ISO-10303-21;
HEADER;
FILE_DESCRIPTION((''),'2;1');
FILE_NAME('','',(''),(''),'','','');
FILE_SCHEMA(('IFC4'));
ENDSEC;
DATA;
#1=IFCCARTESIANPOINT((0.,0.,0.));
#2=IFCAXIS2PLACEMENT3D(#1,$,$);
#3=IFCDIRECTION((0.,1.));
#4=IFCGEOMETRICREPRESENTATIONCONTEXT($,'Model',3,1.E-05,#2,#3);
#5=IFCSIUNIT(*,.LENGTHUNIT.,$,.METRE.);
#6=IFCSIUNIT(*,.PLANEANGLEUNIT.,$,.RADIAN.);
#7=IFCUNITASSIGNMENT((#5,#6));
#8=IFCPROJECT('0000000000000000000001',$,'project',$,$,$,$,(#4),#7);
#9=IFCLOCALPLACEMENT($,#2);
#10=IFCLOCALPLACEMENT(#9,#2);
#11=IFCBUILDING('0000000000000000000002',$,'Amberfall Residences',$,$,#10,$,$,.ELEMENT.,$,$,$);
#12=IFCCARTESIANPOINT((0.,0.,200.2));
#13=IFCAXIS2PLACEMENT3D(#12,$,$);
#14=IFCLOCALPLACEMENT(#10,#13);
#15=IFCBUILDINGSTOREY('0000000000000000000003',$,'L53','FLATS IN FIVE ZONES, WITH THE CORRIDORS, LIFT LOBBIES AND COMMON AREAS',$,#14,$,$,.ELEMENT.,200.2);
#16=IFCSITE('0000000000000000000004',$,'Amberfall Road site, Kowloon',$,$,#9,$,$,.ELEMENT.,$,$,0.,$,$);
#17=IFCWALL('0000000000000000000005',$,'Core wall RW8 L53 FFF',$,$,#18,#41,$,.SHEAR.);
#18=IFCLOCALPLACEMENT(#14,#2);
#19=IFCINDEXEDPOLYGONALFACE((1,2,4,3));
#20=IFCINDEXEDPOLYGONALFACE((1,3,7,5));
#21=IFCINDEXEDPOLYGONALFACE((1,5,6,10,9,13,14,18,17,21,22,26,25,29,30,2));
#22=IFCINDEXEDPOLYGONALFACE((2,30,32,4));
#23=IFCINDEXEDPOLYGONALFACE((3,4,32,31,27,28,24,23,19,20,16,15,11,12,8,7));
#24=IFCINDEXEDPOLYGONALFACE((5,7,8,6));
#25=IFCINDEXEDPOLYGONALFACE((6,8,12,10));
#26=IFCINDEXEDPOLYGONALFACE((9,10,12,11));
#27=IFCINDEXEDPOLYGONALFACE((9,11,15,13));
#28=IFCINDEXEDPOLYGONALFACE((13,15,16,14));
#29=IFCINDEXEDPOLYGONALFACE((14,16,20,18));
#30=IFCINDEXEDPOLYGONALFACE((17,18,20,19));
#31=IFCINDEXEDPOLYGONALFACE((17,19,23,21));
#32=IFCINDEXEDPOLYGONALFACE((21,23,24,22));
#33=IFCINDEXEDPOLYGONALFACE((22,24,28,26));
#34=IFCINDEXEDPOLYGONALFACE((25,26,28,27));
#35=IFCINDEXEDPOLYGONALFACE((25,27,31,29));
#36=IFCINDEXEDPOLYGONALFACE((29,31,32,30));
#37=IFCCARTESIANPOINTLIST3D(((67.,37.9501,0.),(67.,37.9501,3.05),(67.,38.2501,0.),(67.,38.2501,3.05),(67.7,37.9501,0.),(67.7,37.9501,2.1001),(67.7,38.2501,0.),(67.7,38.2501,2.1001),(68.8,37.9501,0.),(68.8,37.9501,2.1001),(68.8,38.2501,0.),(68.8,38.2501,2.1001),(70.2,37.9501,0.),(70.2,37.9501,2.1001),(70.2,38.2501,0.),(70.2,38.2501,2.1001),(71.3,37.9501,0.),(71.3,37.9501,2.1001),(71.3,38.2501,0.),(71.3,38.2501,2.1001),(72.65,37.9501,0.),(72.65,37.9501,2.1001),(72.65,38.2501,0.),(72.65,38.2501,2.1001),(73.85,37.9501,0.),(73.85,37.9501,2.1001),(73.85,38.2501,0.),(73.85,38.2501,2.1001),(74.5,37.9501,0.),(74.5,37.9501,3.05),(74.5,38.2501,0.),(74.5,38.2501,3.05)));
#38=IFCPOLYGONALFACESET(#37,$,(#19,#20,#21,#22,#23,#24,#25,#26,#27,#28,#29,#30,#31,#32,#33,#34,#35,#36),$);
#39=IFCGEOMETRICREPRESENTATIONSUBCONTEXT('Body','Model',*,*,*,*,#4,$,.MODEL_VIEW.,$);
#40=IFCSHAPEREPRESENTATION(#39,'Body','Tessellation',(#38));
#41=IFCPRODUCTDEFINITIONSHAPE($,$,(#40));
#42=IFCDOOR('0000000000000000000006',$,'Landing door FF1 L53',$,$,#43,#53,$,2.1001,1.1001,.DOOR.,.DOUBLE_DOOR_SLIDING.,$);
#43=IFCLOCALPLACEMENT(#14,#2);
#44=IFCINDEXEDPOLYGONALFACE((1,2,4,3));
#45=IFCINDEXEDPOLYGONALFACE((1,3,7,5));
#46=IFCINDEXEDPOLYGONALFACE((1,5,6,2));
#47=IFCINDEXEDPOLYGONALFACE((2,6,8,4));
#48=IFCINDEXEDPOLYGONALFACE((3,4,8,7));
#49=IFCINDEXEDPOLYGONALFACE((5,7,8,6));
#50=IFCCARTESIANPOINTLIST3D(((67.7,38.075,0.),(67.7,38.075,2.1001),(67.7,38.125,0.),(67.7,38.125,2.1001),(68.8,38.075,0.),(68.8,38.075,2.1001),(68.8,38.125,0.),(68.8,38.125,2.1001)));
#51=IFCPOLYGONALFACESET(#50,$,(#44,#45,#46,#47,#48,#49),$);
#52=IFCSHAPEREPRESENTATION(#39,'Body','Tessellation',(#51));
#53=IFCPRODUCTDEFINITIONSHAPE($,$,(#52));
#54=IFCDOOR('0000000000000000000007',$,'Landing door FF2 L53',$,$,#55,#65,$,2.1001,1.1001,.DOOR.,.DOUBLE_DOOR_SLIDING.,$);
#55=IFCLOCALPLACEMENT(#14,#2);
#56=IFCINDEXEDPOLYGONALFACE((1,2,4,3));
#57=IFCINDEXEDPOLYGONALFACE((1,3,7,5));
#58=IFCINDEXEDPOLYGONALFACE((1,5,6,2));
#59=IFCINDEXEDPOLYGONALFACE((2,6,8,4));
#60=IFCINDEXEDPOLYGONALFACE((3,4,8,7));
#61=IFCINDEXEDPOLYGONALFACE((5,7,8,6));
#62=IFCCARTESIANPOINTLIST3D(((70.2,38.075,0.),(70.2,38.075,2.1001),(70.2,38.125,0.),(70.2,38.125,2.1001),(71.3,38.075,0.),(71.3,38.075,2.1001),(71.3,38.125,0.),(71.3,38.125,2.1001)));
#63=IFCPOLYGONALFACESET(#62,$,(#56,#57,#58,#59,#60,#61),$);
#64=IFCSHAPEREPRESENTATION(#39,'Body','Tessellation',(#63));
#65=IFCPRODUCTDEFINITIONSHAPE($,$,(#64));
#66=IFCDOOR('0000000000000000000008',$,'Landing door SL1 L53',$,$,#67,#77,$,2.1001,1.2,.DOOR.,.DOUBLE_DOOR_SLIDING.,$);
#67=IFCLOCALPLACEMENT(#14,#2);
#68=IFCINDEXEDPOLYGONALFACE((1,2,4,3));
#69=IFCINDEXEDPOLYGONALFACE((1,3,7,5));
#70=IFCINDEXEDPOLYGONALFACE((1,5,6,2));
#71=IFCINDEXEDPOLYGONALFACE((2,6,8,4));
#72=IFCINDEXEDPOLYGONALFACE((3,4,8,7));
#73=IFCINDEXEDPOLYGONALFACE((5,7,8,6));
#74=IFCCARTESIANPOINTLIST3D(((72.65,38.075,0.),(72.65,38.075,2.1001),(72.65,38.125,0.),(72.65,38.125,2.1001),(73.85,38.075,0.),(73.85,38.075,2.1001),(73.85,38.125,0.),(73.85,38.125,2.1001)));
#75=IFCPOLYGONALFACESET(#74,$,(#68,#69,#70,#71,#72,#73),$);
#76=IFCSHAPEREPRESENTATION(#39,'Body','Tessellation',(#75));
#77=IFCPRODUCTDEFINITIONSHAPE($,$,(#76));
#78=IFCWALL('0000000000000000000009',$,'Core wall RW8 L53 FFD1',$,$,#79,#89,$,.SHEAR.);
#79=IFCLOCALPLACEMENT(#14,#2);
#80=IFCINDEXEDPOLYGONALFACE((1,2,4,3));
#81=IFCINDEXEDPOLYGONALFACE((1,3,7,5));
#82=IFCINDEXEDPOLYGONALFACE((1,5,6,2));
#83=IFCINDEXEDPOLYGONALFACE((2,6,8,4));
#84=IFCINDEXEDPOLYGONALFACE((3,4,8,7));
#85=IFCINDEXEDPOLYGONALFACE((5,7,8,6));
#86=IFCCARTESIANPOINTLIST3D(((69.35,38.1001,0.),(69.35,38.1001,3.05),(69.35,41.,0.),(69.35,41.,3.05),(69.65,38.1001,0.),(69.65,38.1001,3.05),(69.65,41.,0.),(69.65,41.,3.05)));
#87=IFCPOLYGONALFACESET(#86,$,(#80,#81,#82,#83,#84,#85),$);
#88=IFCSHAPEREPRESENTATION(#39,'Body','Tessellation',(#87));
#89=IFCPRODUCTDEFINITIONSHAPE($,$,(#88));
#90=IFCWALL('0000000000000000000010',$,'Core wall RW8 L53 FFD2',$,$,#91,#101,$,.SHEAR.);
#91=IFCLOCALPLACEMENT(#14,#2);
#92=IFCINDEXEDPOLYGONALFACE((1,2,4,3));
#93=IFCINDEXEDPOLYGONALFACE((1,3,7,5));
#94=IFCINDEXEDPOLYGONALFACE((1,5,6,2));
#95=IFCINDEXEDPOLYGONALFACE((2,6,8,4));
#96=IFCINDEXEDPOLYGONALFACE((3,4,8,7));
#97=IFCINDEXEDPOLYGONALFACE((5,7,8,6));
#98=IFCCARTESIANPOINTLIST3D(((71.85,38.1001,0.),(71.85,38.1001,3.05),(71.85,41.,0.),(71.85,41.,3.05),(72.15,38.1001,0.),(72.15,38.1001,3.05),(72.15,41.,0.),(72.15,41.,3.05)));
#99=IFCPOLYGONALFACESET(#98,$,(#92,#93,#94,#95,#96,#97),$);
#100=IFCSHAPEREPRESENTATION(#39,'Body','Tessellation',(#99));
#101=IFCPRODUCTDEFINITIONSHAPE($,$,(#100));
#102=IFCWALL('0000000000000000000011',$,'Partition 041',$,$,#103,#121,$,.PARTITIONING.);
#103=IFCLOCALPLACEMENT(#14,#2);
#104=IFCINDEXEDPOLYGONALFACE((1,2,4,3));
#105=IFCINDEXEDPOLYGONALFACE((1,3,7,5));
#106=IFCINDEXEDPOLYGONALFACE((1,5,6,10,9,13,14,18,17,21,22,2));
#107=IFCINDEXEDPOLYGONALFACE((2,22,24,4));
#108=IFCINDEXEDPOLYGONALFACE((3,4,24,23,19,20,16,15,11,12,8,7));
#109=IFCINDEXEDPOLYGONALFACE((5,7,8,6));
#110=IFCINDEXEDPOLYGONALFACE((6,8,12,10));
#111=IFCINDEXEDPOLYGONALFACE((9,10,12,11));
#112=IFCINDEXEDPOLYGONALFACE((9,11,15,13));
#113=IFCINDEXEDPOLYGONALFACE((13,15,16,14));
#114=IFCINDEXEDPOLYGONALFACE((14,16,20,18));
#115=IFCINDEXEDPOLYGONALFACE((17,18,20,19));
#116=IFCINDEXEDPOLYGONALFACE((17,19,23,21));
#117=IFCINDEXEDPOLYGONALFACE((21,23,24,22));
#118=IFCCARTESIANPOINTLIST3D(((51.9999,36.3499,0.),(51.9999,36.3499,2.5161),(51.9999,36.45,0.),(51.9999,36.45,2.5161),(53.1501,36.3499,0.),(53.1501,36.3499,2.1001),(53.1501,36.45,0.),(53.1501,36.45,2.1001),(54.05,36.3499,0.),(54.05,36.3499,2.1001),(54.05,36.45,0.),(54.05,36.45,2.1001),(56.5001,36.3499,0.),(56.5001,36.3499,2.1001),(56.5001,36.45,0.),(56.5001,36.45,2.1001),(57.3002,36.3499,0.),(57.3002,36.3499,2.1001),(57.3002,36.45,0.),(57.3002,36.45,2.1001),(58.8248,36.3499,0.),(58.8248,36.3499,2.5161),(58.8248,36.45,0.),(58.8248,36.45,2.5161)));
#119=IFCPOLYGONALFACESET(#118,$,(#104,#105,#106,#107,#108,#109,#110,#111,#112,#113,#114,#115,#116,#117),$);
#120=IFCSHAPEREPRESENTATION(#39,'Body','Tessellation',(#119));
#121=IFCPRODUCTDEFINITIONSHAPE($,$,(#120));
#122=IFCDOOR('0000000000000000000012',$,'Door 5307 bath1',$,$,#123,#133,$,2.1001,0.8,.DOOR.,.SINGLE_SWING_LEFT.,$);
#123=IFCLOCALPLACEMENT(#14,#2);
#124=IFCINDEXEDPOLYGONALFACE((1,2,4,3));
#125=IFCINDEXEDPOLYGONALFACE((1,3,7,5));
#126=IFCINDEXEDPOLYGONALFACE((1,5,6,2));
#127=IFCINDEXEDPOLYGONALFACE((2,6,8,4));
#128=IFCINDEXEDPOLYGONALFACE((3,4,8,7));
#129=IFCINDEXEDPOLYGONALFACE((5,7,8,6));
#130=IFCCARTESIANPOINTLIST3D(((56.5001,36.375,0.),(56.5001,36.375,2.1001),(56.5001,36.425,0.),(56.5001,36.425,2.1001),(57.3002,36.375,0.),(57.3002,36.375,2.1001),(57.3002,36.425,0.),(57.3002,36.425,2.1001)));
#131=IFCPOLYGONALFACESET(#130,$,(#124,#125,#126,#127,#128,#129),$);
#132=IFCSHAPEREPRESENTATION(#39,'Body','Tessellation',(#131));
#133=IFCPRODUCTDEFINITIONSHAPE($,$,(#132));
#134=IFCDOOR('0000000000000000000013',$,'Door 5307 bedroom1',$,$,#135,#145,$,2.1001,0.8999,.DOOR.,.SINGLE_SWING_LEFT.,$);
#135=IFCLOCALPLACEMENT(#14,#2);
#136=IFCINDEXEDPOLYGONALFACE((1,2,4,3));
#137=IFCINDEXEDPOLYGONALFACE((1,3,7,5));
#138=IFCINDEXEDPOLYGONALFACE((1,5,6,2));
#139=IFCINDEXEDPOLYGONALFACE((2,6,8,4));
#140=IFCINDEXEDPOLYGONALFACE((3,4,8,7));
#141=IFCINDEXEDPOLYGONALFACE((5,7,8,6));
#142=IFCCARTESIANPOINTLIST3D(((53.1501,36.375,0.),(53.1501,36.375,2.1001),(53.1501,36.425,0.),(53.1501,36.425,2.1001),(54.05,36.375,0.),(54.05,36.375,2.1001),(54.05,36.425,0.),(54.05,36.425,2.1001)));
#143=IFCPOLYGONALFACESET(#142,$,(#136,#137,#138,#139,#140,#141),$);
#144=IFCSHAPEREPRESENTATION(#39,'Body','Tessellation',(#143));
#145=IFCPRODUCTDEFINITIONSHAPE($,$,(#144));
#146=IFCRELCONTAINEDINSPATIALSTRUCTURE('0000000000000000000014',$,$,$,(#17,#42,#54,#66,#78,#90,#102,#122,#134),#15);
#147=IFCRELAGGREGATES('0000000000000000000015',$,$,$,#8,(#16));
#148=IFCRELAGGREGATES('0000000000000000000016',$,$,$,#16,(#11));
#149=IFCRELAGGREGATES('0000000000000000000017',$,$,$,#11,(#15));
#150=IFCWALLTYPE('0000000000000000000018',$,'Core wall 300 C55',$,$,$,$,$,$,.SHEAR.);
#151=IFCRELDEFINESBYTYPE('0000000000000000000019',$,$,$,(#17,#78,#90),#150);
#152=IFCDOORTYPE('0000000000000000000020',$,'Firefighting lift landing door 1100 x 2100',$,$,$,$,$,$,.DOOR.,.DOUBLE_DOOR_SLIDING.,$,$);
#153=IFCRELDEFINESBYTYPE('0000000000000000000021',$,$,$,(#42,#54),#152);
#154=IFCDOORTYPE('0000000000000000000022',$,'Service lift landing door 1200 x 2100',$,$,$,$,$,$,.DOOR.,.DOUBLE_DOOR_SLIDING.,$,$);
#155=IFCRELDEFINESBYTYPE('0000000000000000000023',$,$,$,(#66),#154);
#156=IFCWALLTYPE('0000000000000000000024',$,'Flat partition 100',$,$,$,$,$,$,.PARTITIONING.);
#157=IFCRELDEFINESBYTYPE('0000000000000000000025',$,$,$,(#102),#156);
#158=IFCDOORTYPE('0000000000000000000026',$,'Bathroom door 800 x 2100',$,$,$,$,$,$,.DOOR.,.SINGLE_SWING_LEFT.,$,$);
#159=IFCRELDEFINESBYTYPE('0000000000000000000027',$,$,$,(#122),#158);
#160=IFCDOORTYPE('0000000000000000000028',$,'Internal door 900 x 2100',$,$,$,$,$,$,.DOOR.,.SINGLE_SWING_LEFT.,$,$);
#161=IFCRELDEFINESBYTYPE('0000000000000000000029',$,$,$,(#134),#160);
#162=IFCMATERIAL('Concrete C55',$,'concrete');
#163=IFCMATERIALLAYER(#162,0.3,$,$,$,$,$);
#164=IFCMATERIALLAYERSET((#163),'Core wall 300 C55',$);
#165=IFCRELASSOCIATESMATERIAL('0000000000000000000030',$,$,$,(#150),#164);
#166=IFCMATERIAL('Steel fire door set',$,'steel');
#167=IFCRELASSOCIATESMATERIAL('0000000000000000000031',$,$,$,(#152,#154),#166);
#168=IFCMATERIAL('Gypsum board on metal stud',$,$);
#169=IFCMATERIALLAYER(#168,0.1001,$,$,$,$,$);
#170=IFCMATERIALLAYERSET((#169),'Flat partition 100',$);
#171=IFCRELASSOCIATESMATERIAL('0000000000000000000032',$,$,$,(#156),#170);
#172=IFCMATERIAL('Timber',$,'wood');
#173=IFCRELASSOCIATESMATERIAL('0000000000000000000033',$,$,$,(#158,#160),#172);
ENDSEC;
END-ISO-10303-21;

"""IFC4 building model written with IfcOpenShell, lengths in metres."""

from ifc_helpers import new_model, si_unit, direction, frame, frame_2d, origin, place, context, subcontext, project, spatial, rectangle, extrude, material, layer, layer_set, type_object, element, fill, save


model = new_model("IFC4")

# Units and contexts
model_context = context("Model", 3, precision=1e-05, world=origin(), true_north=direction((0.0, 1.0)))
body_context = subcontext(model_context, "Body", "Model", "MODEL_VIEW")
ifc_project = project(units=[si_unit("LENGTHUNIT", "METRE"), si_unit("PLANEANGLEUNIT", "RADIAN")], contexts=[model_context])

# Site, building, storey
site_placement = place(None, origin())
site = spatial("IfcSite", under=ifc_project, at=site_placement, Name="Amberfall Road site, Kowloon", CompositionType="ELEMENT", RefElevation=0.0)
building_placement = place(site_placement, origin())
building = spatial("IfcBuilding", under=site, at=building_placement, Name="Amberfall Residences", CompositionType="ELEMENT")
storey_placement = place(building_placement, frame((0.0, 0.0, 200.2)))
storey = spatial("IfcBuildingStorey", under=building, at=storey_placement, Name="L53", Description="FLATS IN FIVE ZONES, WITH THE CORRIDORS, LIFT LOBBIES AND COMMON AREAS", CompositionType="ELEMENT", Elevation=200.2)

# Shared definitions
ifc_material_1 = material(Name="Concrete C55", Category="concrete")
ifc_layer_1 = layer(ifc_material_1, 0.3)
ifc_layer_set_1 = layer_set([ifc_layer_1], Name="Core wall 300 C55")
wall_type_1 = type_object("IfcWallType", Name="Core wall 300 C55", PredefinedType="SHEAR", material=ifc_layer_set_1)

# Shared definitions
ifc_material_2 = material(Name="Steel fire door set", Category="steel")

# Wall, openings, doors
wall_1_placement = place(storey_placement, frame((67.0, 38.1001, 0.0), z_axis=(0.0, 0.0, 1.0), x_axis=(1.0, 0.0, 0.0)))
wall_1 = element("IfcWall", 1, at=wall_1_placement, inside=storey, type_object=wall_type_1, Name="Core wall RW8 L53 FFF", PredefinedType="SHEAR", context=body_context, shape_type="SweptSolid", body=[
    extrude(rectangle(XDim=7.5, YDim=0.3, at=frame_2d((3.75, 0.0))), origin(), (0.0, 0.0, 1.0), 3.05),
])
opening_1_placement = place(wall_1_placement, frame((0.7, 0.0, 0.0)))
opening_1 = element("IfcOpeningElement", 2, at=opening_1_placement, cuts=wall_1, PredefinedType="OPENING", context=body_context, shape_type="SweptSolid", body=[
    extrude(rectangle(XDim=1.1001, YDim=2.1001, at=frame_2d((0.55, 1.05))), frame((0.0, 0.1599, 0.0), z_axis=(0.0, -1.0, 0.0), x_axis=(1.0, 0.0, 0.0)), (0.0, 0.0, 1.0), 0.3201),
])
opening_2_placement = place(wall_1_placement, frame((3.2, 0.0, 0.0)))
opening_2 = element("IfcOpeningElement", 3, at=opening_2_placement, cuts=wall_1, PredefinedType="OPENING", context=body_context, shape_type="SweptSolid", body=[
    extrude(rectangle(XDim=1.1001, YDim=2.1001, at=frame_2d((0.55, 1.05))), frame((0.0, 0.1599, 0.0), z_axis=(0.0, -1.0, 0.0), x_axis=(1.0, 0.0, 0.0)), (0.0, 0.0, 1.0), 0.3201),
])
opening_3_placement = place(wall_1_placement, frame((5.6499, 0.0, 0.0)))
opening_3 = element("IfcOpeningElement", 4, at=opening_3_placement, cuts=wall_1, PredefinedType="OPENING", context=body_context, shape_type="SweptSolid", body=[
    extrude(rectangle(XDim=1.2, YDim=2.1001, at=frame_2d((0.6001, 1.05))), frame((0.0, 0.1599, 0.0), z_axis=(0.0, -1.0, 0.0), x_axis=(1.0, 0.0, 0.0)), (0.0, 0.0, 1.0), 0.3201),
])
door_type_1 = type_object("IfcDoorType", Name="Firefighting lift landing door 1100 x 2100", OperationType="DOUBLE_DOOR_SLIDING", PredefinedType="DOOR", material=ifc_material_2)
door_1_placement = place(opening_1_placement, origin())
door_1 = element("IfcDoor", 5, at=door_1_placement, inside=storey, type_object=door_type_1, Name="Landing door FF1 L53", OperationType="DOUBLE_DOOR_SLIDING", OverallHeight=2.1001, OverallWidth=1.1001, PredefinedType="DOOR", context=body_context, shape_type="SweptSolid", body=[
    extrude(rectangle(XDim=1.1001, YDim=2.1001, at=frame_2d((0.55, 1.05))), frame((0.0, 0.0249, 0.0), z_axis=(0.0, -1.0, 0.0), x_axis=(1.0, 0.0, 0.0)), (0.0, 0.0, 1.0), 0.05),
])
fill(opening_1, door_1)
door_2_placement = place(opening_2_placement, origin())
door_2 = element("IfcDoor", 6, at=door_2_placement, inside=storey, type_object=door_type_1, Name="Landing door FF2 L53", OperationType="DOUBLE_DOOR_SLIDING", OverallHeight=2.1001, OverallWidth=1.1001, PredefinedType="DOOR", context=body_context, shape_type="SweptSolid", body=[
    extrude(rectangle(XDim=1.1001, YDim=2.1001, at=frame_2d((0.55, 1.05))), frame((0.0, 0.0249, 0.0), z_axis=(0.0, -1.0, 0.0), x_axis=(1.0, 0.0, 0.0)), (0.0, 0.0, 1.0), 0.05),
])
fill(opening_2, door_2)
door_type_2 = type_object("IfcDoorType", Name="Service lift landing door 1200 x 2100", OperationType="DOUBLE_DOOR_SLIDING", PredefinedType="DOOR", material=ifc_material_2)
door_3_placement = place(opening_3_placement, origin())
door_3 = element("IfcDoor", 7, at=door_3_placement, inside=storey, type_object=door_type_2, Name="Landing door SL1 L53", OperationType="DOUBLE_DOOR_SLIDING", OverallHeight=2.1001, OverallWidth=1.2, PredefinedType="DOOR", context=body_context, shape_type="SweptSolid", body=[
    extrude(rectangle(XDim=1.2, YDim=2.1001, at=frame_2d((0.6001, 1.05))), frame((0.0, 0.0249, 0.0), z_axis=(0.0, -1.0, 0.0), x_axis=(1.0, 0.0, 0.0)), (0.0, 0.0, 1.0), 0.05),
])
fill(opening_3, door_3)

# Walls
for number, where, z_axis, x_axis, name in (
    (8, (69.5, 38.1001, 0.0), (0.0, 0.0, 1.0), (0.0, 1.0, 0.0), "Core wall RW8 L53 FFD1"),
    (9, (72.0, 38.1001, 0.0), (0.0, 0.0, 1.0), (0.0, 1.0, 0.0), "Core wall RW8 L53 FFD2"),
):
    element("IfcWall", number, at=place(storey_placement, frame(where, z_axis=z_axis, x_axis=x_axis)), inside=storey, type_object=wall_type_1, Name=name, PredefinedType="SHEAR", context=body_context, shape_type="SweptSolid", body=[
        extrude(rectangle(XDim=2.8999, YDim=0.3, at=frame_2d((1.45, 0.0))), origin(), (0.0, 0.0, 1.0), 3.05),
    ])

# Wall, openings, doors
ifc_material_3 = material(Name="Gypsum board on metal stud")
ifc_layer_2 = layer(ifc_material_3, 0.1001)
ifc_layer_set_2 = layer_set([ifc_layer_2], Name="Flat partition 100")
wall_type_2 = type_object("IfcWallType", Name="Flat partition 100", PredefinedType="PARTITIONING", material=ifc_layer_set_2)
wall_2_placement = place(storey_placement, frame((58.825, 36.3999, 0.0), z_axis=(0.0, 0.0, 1.0), x_axis=(-1.0, 0.0, 0.0)))
wall_2 = element("IfcWall", 10, at=wall_2_placement, inside=storey, type_object=wall_type_2, Name="Partition 041", PredefinedType="PARTITIONING", context=body_context, shape_type="SweptSolid", body=[
    extrude(rectangle(XDim=6.825, YDim=0.1001, at=frame_2d((3.4126, 0.0))), origin(), (0.0, 0.0, 1.0), 2.5161),
])
opening_4_placement = place(wall_2_placement, frame((4.7749, 0.0, 0.0)))
opening_4 = element("IfcOpeningElement", 11, at=opening_4_placement, cuts=wall_2, PredefinedType="OPENING", context=body_context, shape_type="SweptSolid", body=[
    extrude(rectangle(XDim=0.8999, YDim=2.1001, at=frame_2d((0.45, 1.05))), frame((0.0, 0.0601, 0.0), z_axis=(0.0, -1.0, 0.0), x_axis=(1.0, 0.0, 0.0)), (0.0, 0.0, 1.0), 0.1201),
])
opening_5_placement = place(wall_2_placement, frame((1.5249, 0.0, 0.0)))
opening_5 = element("IfcOpeningElement", 12, at=opening_5_placement, cuts=wall_2, PredefinedType="OPENING", context=body_context, shape_type="SweptSolid", body=[
    extrude(rectangle(XDim=0.8, YDim=2.1001, at=frame_2d((0.3999, 1.05))), frame((0.0, 0.0601, 0.0), z_axis=(0.0, -1.0, 0.0), x_axis=(1.0, 0.0, 0.0)), (0.0, 0.0, 1.0), 0.1201),
])
ifc_material_4 = material(Name="Timber", Category="wood")
door_type_3 = type_object("IfcDoorType", Name="Bathroom door 800 x 2100", OperationType="SINGLE_SWING_LEFT", PredefinedType="DOOR", material=ifc_material_4)
door_4_placement = place(opening_5_placement, origin())
door_4 = element("IfcDoor", 13, at=door_4_placement, inside=storey, type_object=door_type_3, Name="Door 5307 bath1", OperationType="SINGLE_SWING_LEFT", OverallHeight=2.1001, OverallWidth=0.8, PredefinedType="DOOR", context=body_context, shape_type="SweptSolid", body=[
    extrude(rectangle(XDim=0.8, YDim=2.1001, at=frame_2d((0.3999, 1.05))), frame((0.0, 0.0249, 0.0), z_axis=(0.0, -1.0, 0.0), x_axis=(1.0, 0.0, 0.0)), (0.0, 0.0, 1.0), 0.05),
])
fill(opening_5, door_4)
door_type_4 = type_object("IfcDoorType", Name="Internal door 900 x 2100", OperationType="SINGLE_SWING_LEFT", PredefinedType="DOOR", material=ifc_material_4)
door_5_placement = place(opening_4_placement, origin())
door_5 = element("IfcDoor", 14, at=door_5_placement, inside=storey, type_object=door_type_4, Name="Door 5307 bedroom1", OperationType="SINGLE_SWING_LEFT", OverallHeight=2.1001, OverallWidth=0.8999, PredefinedType="DOOR", context=body_context, shape_type="SweptSolid", body=[
    extrude(rectangle(XDim=0.8999, YDim=2.1001, at=frame_2d((0.45, 1.05))), frame((0.0, 0.0249, 0.0), z_axis=(0.0, -1.0, 0.0), x_axis=(1.0, 0.0, 0.0)), (0.0, 0.0, 1.0), 0.05),
])
fill(opening_4, door_5)

save(model, "model.ifc")
